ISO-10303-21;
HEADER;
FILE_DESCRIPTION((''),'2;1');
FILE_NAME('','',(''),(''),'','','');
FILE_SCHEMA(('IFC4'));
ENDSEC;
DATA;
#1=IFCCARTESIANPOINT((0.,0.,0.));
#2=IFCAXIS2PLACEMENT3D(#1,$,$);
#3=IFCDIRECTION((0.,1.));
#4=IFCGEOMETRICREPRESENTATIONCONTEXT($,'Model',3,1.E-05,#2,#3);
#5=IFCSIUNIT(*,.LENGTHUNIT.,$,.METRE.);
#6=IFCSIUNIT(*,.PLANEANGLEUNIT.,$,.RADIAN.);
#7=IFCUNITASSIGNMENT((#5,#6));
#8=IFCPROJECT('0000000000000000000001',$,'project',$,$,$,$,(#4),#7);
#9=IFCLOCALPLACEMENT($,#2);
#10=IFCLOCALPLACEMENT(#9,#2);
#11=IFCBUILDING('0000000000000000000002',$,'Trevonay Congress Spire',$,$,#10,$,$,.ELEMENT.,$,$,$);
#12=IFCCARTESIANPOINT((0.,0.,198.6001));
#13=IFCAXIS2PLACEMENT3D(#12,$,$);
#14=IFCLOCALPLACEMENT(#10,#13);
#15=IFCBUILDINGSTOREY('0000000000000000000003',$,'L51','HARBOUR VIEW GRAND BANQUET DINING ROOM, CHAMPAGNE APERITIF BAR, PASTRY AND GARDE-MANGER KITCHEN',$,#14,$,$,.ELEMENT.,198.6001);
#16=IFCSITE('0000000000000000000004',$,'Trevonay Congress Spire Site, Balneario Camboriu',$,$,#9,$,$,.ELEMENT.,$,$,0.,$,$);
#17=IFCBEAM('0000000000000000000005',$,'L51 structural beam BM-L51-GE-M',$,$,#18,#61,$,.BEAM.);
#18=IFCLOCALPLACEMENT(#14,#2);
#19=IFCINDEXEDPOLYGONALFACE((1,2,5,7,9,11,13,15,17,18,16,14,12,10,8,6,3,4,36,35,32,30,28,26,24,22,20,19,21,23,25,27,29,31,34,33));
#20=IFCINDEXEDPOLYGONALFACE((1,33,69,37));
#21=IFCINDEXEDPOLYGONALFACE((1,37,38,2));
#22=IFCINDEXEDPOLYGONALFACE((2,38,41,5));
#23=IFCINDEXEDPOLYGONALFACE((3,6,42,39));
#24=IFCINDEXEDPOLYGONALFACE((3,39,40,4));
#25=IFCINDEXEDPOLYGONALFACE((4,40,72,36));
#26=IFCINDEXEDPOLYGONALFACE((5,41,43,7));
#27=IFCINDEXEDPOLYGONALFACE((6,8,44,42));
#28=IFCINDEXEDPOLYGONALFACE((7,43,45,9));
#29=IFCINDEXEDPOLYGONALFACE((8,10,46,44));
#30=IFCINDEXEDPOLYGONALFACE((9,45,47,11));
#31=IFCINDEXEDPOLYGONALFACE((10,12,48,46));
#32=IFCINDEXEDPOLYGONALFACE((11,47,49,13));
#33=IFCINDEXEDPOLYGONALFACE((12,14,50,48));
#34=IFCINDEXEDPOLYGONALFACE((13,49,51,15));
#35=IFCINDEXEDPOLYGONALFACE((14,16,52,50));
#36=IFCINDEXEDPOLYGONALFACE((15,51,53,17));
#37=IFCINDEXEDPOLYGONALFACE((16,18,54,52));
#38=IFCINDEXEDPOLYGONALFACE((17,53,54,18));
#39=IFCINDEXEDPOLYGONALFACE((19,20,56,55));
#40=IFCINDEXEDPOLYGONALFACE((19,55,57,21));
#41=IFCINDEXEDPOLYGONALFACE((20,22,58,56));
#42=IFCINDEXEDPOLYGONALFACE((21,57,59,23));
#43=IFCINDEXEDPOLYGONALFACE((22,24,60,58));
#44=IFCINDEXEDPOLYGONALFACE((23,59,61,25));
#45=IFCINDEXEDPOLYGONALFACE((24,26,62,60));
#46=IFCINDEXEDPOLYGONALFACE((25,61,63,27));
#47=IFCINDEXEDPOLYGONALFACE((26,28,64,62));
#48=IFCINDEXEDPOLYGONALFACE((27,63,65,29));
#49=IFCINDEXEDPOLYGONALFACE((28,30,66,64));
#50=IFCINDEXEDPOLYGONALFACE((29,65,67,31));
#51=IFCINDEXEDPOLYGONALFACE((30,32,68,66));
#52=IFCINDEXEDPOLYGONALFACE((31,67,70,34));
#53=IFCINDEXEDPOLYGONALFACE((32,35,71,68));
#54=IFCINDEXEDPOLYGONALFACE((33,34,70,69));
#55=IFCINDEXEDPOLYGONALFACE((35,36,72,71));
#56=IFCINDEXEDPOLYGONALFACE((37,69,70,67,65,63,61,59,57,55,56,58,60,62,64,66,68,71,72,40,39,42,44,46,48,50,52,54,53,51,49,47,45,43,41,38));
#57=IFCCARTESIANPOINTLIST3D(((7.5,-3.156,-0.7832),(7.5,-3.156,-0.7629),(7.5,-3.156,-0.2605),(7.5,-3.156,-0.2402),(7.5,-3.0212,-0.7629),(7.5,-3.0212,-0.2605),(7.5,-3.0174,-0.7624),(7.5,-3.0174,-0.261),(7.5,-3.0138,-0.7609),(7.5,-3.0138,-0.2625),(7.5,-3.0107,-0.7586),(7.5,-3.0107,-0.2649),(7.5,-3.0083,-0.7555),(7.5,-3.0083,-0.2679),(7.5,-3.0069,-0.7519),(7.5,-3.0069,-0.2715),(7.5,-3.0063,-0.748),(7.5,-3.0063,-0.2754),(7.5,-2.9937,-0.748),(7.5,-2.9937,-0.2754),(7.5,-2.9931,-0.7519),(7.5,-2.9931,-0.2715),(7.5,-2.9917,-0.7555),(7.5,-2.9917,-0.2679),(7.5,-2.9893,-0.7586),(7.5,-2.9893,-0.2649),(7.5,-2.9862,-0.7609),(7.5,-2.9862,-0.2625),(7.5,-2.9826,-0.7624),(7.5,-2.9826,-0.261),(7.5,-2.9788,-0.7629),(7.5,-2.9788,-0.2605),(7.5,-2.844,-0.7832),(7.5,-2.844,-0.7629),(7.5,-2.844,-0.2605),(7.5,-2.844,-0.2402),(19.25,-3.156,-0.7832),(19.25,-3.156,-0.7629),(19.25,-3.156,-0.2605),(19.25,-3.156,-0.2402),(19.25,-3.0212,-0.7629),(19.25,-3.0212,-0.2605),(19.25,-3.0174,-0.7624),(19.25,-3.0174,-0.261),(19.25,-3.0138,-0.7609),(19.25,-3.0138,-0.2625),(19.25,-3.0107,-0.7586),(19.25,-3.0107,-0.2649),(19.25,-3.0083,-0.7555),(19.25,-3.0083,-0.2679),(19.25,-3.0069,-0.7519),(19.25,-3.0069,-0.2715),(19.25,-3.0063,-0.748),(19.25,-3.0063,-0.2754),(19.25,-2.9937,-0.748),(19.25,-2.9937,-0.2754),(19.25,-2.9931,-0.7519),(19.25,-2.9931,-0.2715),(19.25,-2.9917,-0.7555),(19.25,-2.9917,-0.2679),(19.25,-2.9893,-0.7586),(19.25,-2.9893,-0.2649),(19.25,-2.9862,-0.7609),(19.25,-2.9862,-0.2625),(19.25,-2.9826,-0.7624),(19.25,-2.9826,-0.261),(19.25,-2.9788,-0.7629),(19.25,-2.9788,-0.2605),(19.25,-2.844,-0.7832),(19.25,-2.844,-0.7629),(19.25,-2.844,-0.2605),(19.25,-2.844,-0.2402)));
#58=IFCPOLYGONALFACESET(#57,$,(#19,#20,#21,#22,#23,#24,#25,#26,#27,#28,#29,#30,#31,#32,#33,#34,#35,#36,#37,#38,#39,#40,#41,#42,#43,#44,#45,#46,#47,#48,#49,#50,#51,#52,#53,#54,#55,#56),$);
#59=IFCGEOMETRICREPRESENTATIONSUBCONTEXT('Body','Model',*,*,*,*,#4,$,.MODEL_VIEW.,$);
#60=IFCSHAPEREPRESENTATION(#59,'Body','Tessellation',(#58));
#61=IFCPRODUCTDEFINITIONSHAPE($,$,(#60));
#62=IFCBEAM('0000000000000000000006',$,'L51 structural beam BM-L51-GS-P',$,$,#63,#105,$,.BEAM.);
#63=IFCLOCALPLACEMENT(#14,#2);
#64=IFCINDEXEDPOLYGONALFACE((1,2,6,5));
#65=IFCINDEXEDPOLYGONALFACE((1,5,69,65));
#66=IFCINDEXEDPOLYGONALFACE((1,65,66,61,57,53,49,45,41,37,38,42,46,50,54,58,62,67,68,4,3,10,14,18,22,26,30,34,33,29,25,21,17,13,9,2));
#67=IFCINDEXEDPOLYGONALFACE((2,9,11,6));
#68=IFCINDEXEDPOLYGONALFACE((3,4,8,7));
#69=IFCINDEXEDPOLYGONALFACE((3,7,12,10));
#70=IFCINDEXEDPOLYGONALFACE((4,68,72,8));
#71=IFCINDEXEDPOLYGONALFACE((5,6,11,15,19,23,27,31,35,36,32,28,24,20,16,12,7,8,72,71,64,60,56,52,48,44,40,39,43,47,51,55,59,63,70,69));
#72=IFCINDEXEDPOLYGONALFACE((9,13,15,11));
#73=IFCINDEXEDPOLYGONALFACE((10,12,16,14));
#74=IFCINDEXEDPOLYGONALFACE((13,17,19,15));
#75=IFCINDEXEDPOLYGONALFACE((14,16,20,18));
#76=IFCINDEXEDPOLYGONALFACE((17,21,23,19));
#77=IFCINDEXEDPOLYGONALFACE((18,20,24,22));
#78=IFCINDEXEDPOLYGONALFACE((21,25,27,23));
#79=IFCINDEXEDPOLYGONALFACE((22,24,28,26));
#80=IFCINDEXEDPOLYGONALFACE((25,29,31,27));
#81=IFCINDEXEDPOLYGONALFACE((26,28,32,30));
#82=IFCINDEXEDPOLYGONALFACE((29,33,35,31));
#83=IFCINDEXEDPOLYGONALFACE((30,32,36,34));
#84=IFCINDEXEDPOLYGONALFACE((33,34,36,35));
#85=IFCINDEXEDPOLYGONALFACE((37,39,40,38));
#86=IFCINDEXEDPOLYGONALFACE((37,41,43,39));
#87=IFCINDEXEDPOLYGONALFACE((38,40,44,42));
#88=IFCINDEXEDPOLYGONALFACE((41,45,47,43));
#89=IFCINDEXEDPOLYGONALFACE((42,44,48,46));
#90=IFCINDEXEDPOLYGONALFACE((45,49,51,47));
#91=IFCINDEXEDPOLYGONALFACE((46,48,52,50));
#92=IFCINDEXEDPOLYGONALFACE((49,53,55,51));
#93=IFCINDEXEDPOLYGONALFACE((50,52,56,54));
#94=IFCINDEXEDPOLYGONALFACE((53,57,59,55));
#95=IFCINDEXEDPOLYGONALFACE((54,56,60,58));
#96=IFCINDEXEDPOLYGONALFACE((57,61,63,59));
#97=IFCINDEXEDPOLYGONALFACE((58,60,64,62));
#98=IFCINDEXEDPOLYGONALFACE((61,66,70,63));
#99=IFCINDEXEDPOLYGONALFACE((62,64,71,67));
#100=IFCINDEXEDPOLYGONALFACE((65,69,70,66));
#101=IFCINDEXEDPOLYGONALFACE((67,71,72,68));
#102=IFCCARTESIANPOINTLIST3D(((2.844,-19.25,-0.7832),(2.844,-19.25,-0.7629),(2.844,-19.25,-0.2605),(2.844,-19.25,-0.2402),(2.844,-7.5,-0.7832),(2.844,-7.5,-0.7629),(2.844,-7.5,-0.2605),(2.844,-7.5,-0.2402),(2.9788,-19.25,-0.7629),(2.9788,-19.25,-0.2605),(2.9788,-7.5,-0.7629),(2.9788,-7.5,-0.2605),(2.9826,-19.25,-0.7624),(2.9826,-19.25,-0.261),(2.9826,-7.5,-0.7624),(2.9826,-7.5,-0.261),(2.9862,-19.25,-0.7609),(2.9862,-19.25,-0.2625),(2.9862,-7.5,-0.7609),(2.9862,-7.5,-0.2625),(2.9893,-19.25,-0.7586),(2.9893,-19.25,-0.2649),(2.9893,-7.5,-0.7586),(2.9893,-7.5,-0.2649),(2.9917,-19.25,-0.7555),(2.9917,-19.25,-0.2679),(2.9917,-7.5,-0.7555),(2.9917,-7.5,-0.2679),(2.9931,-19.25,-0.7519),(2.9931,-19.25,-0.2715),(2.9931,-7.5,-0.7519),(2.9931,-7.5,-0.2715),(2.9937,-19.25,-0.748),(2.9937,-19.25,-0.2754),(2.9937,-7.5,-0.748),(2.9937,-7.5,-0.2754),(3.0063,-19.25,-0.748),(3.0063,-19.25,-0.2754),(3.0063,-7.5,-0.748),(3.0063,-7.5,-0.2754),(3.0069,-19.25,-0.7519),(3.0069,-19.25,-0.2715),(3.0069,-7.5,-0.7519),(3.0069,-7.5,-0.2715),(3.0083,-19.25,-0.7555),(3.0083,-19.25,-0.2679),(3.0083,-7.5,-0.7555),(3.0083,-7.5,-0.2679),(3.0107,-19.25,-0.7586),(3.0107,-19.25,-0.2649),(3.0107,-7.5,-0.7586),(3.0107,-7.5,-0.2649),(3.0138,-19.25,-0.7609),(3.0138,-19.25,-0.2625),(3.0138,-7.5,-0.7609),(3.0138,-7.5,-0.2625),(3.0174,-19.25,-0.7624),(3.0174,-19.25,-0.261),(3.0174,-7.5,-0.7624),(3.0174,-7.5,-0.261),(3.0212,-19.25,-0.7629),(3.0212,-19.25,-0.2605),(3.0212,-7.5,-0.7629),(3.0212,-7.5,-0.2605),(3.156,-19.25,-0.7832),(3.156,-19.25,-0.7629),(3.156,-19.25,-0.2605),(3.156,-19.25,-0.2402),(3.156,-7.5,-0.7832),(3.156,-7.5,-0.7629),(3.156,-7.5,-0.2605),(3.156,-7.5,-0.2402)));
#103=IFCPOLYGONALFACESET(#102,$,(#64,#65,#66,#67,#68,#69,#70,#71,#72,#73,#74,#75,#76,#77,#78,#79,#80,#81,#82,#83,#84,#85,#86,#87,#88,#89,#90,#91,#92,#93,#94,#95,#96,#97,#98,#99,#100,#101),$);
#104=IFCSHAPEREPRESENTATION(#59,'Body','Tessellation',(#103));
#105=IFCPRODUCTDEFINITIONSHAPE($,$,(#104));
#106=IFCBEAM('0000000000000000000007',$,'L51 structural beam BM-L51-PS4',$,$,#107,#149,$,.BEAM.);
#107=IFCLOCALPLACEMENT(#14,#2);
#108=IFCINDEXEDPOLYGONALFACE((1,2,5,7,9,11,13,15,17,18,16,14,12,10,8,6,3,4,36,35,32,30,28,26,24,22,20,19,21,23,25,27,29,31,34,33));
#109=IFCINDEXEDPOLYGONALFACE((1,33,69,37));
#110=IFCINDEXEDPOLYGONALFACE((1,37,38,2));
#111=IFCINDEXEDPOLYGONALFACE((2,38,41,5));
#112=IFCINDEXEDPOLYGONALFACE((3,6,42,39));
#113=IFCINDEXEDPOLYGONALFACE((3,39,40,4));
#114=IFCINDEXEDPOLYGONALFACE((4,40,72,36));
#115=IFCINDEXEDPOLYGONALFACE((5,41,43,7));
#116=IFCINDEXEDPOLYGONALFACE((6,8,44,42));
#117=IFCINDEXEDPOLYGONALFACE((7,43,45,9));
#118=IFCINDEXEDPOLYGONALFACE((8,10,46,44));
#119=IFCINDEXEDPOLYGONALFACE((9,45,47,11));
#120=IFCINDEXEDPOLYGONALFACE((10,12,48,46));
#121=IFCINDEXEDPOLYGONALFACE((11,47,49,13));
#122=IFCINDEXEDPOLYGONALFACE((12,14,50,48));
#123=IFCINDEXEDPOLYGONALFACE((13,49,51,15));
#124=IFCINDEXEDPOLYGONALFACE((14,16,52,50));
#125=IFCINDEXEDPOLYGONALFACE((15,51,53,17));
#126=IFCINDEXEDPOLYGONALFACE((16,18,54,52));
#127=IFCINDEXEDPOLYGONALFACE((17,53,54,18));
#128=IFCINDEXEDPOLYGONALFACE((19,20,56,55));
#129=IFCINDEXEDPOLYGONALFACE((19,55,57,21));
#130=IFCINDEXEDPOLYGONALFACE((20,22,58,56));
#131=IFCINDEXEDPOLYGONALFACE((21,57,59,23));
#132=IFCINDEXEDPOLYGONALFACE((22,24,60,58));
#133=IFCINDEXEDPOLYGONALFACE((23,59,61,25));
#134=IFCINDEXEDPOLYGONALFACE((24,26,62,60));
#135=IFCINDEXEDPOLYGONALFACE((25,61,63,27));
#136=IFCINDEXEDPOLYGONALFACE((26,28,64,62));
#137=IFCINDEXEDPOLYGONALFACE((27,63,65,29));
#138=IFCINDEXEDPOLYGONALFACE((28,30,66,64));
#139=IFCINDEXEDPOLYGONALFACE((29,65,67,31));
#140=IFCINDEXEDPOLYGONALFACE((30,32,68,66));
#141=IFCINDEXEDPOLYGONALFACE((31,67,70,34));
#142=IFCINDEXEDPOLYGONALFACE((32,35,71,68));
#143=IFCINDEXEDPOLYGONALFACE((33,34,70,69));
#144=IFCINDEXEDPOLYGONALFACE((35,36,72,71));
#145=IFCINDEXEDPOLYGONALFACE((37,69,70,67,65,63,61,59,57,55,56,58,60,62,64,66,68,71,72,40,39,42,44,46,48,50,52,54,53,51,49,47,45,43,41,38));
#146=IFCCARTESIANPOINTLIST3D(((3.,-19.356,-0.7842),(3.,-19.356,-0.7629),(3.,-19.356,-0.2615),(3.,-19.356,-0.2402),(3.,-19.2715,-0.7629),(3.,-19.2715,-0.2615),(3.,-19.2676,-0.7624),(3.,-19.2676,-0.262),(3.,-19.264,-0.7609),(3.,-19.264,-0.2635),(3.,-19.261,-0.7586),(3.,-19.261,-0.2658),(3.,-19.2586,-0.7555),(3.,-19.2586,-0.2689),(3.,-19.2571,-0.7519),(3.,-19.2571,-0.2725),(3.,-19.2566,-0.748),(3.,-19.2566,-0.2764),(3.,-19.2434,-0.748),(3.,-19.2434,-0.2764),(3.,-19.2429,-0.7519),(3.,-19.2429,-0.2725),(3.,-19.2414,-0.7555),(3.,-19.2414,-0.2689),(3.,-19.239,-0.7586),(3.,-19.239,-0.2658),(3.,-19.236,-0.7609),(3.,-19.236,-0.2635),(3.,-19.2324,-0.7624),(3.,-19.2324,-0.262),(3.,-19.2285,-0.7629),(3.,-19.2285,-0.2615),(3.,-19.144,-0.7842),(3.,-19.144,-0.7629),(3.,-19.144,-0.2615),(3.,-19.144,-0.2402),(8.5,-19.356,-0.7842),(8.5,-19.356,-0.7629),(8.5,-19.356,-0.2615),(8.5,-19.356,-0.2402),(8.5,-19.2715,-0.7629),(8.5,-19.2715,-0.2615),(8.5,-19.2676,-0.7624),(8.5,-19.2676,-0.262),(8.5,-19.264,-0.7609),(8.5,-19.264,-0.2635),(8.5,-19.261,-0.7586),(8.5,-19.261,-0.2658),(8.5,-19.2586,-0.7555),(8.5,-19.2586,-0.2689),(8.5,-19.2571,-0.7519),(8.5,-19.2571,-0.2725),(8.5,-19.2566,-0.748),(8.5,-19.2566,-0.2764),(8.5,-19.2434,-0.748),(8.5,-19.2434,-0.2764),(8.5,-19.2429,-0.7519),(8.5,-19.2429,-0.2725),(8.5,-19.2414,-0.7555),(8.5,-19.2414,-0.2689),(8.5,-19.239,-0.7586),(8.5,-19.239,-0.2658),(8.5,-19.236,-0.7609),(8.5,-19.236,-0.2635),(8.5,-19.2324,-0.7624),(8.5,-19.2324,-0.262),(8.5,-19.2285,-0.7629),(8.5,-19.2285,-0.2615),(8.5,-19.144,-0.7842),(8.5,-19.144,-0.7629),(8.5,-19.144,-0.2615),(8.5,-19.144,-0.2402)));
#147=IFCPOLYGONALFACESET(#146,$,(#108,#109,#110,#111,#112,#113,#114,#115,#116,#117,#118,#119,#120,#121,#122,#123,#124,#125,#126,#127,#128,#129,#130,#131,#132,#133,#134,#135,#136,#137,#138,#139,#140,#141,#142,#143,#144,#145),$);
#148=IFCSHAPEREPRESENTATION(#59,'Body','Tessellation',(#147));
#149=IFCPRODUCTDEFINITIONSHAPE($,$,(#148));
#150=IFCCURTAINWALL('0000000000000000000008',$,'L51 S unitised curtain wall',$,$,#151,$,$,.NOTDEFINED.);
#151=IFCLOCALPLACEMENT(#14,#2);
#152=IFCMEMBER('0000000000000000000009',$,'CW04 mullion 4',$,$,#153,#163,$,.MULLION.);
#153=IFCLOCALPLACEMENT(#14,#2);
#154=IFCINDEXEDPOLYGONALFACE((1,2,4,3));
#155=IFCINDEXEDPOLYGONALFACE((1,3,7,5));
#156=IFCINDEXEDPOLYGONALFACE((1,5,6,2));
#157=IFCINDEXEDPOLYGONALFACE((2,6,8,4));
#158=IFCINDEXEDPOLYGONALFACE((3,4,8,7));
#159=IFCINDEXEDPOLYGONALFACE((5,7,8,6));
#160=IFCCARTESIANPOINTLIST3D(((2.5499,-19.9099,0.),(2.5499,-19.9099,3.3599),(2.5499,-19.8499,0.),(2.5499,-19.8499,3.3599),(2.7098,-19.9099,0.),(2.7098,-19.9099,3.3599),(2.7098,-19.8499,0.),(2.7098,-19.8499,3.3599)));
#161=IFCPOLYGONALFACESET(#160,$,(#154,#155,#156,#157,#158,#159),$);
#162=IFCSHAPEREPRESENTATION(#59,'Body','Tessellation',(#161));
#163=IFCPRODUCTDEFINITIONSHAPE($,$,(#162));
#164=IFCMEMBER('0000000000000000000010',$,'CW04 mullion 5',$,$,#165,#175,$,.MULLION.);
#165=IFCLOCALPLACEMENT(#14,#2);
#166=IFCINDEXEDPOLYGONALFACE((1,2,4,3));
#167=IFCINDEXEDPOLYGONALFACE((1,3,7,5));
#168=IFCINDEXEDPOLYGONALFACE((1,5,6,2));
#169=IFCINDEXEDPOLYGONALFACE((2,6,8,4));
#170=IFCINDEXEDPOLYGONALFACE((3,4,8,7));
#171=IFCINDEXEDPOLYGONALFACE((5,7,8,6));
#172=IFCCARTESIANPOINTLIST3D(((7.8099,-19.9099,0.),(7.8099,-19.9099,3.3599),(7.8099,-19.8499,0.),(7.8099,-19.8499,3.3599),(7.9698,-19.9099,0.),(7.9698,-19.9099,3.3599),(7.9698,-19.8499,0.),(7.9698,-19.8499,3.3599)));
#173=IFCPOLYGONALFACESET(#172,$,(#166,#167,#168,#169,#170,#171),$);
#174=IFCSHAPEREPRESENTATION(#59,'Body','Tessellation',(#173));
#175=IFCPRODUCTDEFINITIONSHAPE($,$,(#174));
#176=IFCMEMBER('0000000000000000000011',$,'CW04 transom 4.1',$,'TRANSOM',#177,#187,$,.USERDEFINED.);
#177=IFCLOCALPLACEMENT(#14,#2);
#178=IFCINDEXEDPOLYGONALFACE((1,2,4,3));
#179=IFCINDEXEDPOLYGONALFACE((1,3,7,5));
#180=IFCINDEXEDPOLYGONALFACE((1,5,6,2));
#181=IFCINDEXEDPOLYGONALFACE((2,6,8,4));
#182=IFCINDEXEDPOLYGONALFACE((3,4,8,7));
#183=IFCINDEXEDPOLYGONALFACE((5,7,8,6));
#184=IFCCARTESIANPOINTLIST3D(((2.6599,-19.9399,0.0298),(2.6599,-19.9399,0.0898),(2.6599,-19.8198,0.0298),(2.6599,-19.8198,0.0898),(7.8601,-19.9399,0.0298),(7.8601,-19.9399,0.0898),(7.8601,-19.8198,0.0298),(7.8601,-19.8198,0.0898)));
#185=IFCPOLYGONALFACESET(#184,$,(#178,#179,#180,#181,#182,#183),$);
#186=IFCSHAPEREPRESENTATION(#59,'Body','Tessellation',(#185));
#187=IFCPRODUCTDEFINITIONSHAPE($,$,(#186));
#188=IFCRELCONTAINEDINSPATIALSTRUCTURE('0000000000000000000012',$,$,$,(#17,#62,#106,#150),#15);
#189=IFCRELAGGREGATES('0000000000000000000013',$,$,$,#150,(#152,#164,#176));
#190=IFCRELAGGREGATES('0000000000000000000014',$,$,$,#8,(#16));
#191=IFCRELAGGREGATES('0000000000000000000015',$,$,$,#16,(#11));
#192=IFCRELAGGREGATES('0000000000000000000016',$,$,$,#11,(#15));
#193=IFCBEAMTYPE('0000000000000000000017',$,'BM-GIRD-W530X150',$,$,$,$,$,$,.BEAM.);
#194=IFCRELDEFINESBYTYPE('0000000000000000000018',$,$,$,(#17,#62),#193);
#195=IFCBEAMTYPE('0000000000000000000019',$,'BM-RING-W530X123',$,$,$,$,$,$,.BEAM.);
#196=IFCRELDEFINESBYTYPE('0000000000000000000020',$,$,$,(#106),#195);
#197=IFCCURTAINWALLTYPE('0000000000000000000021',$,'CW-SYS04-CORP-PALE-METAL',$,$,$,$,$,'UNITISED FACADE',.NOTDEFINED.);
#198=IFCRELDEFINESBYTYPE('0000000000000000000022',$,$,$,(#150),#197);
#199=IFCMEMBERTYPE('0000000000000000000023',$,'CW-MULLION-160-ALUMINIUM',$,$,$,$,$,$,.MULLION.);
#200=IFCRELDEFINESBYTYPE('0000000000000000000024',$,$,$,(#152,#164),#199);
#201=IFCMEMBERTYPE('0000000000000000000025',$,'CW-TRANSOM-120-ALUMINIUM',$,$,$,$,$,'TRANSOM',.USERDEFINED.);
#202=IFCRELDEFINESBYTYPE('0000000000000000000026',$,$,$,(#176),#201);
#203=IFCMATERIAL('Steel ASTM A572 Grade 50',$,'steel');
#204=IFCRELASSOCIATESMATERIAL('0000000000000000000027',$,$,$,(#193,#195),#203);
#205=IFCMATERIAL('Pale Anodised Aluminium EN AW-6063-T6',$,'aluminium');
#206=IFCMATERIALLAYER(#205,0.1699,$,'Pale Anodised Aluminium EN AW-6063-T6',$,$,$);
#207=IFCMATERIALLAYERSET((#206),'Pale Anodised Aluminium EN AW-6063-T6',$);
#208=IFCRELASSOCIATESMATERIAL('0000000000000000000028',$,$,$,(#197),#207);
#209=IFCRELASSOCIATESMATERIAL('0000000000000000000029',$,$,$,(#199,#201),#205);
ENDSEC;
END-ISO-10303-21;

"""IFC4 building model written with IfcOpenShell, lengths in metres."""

from ifc_helpers import new_model, si_unit, direction, frame, origin, origin_2d, place, context, subcontext, project, spatial, rectangle, i_section, extrude, material, layer, layer_set, material_profile, profile_set, type_object, element, aggregate, save


model = new_model("IFC4")

# Units and contexts
model_context = context("Model", 3, precision=1e-05, world=origin(), true_north=direction((0.0, 1.0)))
body_context = subcontext(model_context, "Body", "Model", "MODEL_VIEW")
ifc_project = project(units=[si_unit("LENGTHUNIT", "METRE"), si_unit("PLANEANGLEUNIT", "RADIAN")], contexts=[model_context])

# Site, building, storey
site_placement = place(None, origin())
site = spatial("IfcSite", under=ifc_project, at=site_placement, Name="Trevonay Congress Spire Site, Balneario Camboriu", CompositionType="ELEMENT", RefElevation=0.0)
building_placement = place(site_placement, origin())
building = spatial("IfcBuilding", under=site, at=building_placement, Name="Trevonay Congress Spire", CompositionType="ELEMENT")
storey_placement = place(building_placement, frame((0.0, 0.0, 198.6001)))
storey = spatial("IfcBuildingStorey", under=building, at=storey_placement, Name="L51", Description="HARBOUR VIEW GRAND BANQUET DINING ROOM, CHAMPAGNE APERITIF BAR, PASTRY AND GARDE-MANGER KITCHEN", CompositionType="ELEMENT", Elevation=198.6001)

# Shared definitions
ifc_material_1 = material(Name="Steel ASTM A572 Grade 50", Category="steel")

# Beams
ifc_material_profile_1 = material_profile(ifc_material_1, i_section(OverallWidth=0.312, OverallDepth=0.543, WebThickness=0.0127, FlangeThickness=0.0203, FilletRadius=0.0149, at=origin_2d()), Name="W530x150")
ifc_profile_set_1 = profile_set([ifc_material_profile_1], Name="Steel ASTM A572 Grade 50")
beam_type_1 = type_object("IfcBeamType", Name="BM-GIRD-W530X150", PredefinedType="BEAM", material=ifc_profile_set_1)
for number, where, z_axis, x_axis, name in (
    (1, (7.5, -3.0, -0.5117), (1.0, 0.0, 0.0), (0.0, 1.0, 0.0), "L51 structural beam BM-L51-GE-M"),
    (2, (3.0, -7.5, -0.5117), (0.0, -1.0, 0.0), (1.0, 0.0, 0.0), "L51 structural beam BM-L51-GS-P"),
):
    element("IfcBeam", number, at=place(storey_placement, frame(where, z_axis=z_axis, x_axis=x_axis)), inside=storey, type_object=beam_type_1, Name=name, PredefinedType="BEAM", context=body_context, shape_type="SweptSolid", body=[
        extrude(i_section(OverallWidth=0.312, OverallDepth=0.543, WebThickness=0.0127, FlangeThickness=0.0203, FilletRadius=0.0149, at=origin_2d()), origin(), (0.0, 0.0, 1.0), 11.75),
    ])
ifc_material_profile_2 = material_profile(ifc_material_1, i_section(OverallWidth=0.2119, OverallDepth=0.5439, WebThickness=0.0132, FlangeThickness=0.0212, FilletRadius=0.0149, at=origin_2d()), Name="W530x123")
ifc_profile_set_2 = profile_set([ifc_material_profile_2], Name="Steel ASTM A572 Grade 50")
beam_type_2 = type_object("IfcBeamType", Name="BM-RING-W530X123", PredefinedType="BEAM", material=ifc_profile_set_2)
beam_1_placement = place(storey_placement, frame((3.0, -19.25, -0.5122), z_axis=(1.0, 0.0, 0.0), x_axis=(0.0, 1.0, 0.0)))
element("IfcBeam", 3, at=beam_1_placement, inside=storey, type_object=beam_type_2, Name="L51 structural beam BM-L51-PS4", PredefinedType="BEAM", context=body_context, shape_type="SweptSolid", body=[
    extrude(i_section(OverallWidth=0.2119, OverallDepth=0.5439, WebThickness=0.0132, FlangeThickness=0.0212, FilletRadius=0.0149, at=origin_2d()), origin(), (0.0, 0.0, 1.0), 5.5),
])

# Curtain wall, members
ifc_material_2 = material(Name="Pale Anodised Aluminium EN AW-6063-T6", Category="aluminium")
ifc_layer_1 = layer(ifc_material_2, 0.1699, Name="Pale Anodised Aluminium EN AW-6063-T6")
ifc_layer_set_1 = layer_set([ifc_layer_1], Name="Pale Anodised Aluminium EN AW-6063-T6")
curtain_wall_type = type_object("IfcCurtainWallType", Name="CW-SYS04-CORP-PALE-METAL", ElementType="UNITISED FACADE", PredefinedType="NOTDEFINED", material=ifc_layer_set_1)
curtain_wall_placement = place(storey_placement, origin())
curtain_wall = element("IfcCurtainWall", 4, at=curtain_wall_placement, inside=storey, type_object=curtain_wall_type, Name="L51 S unitised curtain wall", PredefinedType="NOTDEFINED")
ifc_material_profile_3 = material_profile(ifc_material_2, rectangle(XDim=0.0601, YDim=0.1599, at=origin_2d()), Name="CW-MULLION-160-ALUMINIUM")
ifc_profile_set_3 = profile_set([ifc_material_profile_3], Name="Pale Anodised Aluminium EN AW-6063-T6")
member_type_1 = type_object("IfcMemberType", Name="CW-MULLION-160-ALUMINIUM", PredefinedType="MULLION", material=ifc_profile_set_3)
member_1_placement = place(storey_placement, frame((2.6299, -19.8799, 0.0), z_axis=(0.0, 0.0, 1.0), x_axis=(0.0, 1.0, 0.0)))
member_1 = element("IfcMember", 5, at=member_1_placement, type_object=member_type_1, Name="CW04 mullion 4", PredefinedType="MULLION", context=body_context, shape_type="SweptSolid", body=[
    extrude(rectangle(XDim=0.0601, YDim=0.1599, at=origin_2d()), origin(), (0.0, 0.0, 1.0), 3.3599),
])
member_2_placement = place(storey_placement, frame((7.8899, -19.8799, 0.0), z_axis=(0.0, 0.0, 1.0), x_axis=(0.0, 1.0, 0.0)))
member_2 = element("IfcMember", 6, at=member_2_placement, type_object=member_type_1, Name="CW04 mullion 5", PredefinedType="MULLION", context=body_context, shape_type="SweptSolid", body=[
    extrude(rectangle(XDim=0.0601, YDim=0.1599, at=origin_2d()), origin(), (0.0, 0.0, 1.0), 3.3599),
])
ifc_material_profile_4 = material_profile(ifc_material_2, rectangle(XDim=0.1201, YDim=0.0601, at=origin_2d()), Name="CW-TRANSOM-120-ALUMINIUM")
ifc_profile_set_4 = profile_set([ifc_material_profile_4], Name="Pale Anodised Aluminium EN AW-6063-T6")
member_type_2 = type_object("IfcMemberType", Name="CW-TRANSOM-120-ALUMINIUM", ElementType="TRANSOM", PredefinedType="USERDEFINED", material=ifc_profile_set_4)
member_3_placement = place(storey_placement, frame((2.6599, -19.8799, 0.0598), z_axis=(1.0, 0.0, 0.0), x_axis=(0.0, 1.0, 0.0)))
member_3 = element("IfcMember", 7, at=member_3_placement, type_object=member_type_2, Name="CW04 transom 4.1", ObjectType="TRANSOM", PredefinedType="USERDEFINED", context=body_context, shape_type="SweptSolid", body=[
    extrude(rectangle(XDim=0.1201, YDim=0.0601, at=origin_2d()), origin(), (0.0, 0.0, 1.0), 5.2002),
])

aggregate(curtain_wall, [member_1, member_2, member_3])

save(model, "model.ifc")
